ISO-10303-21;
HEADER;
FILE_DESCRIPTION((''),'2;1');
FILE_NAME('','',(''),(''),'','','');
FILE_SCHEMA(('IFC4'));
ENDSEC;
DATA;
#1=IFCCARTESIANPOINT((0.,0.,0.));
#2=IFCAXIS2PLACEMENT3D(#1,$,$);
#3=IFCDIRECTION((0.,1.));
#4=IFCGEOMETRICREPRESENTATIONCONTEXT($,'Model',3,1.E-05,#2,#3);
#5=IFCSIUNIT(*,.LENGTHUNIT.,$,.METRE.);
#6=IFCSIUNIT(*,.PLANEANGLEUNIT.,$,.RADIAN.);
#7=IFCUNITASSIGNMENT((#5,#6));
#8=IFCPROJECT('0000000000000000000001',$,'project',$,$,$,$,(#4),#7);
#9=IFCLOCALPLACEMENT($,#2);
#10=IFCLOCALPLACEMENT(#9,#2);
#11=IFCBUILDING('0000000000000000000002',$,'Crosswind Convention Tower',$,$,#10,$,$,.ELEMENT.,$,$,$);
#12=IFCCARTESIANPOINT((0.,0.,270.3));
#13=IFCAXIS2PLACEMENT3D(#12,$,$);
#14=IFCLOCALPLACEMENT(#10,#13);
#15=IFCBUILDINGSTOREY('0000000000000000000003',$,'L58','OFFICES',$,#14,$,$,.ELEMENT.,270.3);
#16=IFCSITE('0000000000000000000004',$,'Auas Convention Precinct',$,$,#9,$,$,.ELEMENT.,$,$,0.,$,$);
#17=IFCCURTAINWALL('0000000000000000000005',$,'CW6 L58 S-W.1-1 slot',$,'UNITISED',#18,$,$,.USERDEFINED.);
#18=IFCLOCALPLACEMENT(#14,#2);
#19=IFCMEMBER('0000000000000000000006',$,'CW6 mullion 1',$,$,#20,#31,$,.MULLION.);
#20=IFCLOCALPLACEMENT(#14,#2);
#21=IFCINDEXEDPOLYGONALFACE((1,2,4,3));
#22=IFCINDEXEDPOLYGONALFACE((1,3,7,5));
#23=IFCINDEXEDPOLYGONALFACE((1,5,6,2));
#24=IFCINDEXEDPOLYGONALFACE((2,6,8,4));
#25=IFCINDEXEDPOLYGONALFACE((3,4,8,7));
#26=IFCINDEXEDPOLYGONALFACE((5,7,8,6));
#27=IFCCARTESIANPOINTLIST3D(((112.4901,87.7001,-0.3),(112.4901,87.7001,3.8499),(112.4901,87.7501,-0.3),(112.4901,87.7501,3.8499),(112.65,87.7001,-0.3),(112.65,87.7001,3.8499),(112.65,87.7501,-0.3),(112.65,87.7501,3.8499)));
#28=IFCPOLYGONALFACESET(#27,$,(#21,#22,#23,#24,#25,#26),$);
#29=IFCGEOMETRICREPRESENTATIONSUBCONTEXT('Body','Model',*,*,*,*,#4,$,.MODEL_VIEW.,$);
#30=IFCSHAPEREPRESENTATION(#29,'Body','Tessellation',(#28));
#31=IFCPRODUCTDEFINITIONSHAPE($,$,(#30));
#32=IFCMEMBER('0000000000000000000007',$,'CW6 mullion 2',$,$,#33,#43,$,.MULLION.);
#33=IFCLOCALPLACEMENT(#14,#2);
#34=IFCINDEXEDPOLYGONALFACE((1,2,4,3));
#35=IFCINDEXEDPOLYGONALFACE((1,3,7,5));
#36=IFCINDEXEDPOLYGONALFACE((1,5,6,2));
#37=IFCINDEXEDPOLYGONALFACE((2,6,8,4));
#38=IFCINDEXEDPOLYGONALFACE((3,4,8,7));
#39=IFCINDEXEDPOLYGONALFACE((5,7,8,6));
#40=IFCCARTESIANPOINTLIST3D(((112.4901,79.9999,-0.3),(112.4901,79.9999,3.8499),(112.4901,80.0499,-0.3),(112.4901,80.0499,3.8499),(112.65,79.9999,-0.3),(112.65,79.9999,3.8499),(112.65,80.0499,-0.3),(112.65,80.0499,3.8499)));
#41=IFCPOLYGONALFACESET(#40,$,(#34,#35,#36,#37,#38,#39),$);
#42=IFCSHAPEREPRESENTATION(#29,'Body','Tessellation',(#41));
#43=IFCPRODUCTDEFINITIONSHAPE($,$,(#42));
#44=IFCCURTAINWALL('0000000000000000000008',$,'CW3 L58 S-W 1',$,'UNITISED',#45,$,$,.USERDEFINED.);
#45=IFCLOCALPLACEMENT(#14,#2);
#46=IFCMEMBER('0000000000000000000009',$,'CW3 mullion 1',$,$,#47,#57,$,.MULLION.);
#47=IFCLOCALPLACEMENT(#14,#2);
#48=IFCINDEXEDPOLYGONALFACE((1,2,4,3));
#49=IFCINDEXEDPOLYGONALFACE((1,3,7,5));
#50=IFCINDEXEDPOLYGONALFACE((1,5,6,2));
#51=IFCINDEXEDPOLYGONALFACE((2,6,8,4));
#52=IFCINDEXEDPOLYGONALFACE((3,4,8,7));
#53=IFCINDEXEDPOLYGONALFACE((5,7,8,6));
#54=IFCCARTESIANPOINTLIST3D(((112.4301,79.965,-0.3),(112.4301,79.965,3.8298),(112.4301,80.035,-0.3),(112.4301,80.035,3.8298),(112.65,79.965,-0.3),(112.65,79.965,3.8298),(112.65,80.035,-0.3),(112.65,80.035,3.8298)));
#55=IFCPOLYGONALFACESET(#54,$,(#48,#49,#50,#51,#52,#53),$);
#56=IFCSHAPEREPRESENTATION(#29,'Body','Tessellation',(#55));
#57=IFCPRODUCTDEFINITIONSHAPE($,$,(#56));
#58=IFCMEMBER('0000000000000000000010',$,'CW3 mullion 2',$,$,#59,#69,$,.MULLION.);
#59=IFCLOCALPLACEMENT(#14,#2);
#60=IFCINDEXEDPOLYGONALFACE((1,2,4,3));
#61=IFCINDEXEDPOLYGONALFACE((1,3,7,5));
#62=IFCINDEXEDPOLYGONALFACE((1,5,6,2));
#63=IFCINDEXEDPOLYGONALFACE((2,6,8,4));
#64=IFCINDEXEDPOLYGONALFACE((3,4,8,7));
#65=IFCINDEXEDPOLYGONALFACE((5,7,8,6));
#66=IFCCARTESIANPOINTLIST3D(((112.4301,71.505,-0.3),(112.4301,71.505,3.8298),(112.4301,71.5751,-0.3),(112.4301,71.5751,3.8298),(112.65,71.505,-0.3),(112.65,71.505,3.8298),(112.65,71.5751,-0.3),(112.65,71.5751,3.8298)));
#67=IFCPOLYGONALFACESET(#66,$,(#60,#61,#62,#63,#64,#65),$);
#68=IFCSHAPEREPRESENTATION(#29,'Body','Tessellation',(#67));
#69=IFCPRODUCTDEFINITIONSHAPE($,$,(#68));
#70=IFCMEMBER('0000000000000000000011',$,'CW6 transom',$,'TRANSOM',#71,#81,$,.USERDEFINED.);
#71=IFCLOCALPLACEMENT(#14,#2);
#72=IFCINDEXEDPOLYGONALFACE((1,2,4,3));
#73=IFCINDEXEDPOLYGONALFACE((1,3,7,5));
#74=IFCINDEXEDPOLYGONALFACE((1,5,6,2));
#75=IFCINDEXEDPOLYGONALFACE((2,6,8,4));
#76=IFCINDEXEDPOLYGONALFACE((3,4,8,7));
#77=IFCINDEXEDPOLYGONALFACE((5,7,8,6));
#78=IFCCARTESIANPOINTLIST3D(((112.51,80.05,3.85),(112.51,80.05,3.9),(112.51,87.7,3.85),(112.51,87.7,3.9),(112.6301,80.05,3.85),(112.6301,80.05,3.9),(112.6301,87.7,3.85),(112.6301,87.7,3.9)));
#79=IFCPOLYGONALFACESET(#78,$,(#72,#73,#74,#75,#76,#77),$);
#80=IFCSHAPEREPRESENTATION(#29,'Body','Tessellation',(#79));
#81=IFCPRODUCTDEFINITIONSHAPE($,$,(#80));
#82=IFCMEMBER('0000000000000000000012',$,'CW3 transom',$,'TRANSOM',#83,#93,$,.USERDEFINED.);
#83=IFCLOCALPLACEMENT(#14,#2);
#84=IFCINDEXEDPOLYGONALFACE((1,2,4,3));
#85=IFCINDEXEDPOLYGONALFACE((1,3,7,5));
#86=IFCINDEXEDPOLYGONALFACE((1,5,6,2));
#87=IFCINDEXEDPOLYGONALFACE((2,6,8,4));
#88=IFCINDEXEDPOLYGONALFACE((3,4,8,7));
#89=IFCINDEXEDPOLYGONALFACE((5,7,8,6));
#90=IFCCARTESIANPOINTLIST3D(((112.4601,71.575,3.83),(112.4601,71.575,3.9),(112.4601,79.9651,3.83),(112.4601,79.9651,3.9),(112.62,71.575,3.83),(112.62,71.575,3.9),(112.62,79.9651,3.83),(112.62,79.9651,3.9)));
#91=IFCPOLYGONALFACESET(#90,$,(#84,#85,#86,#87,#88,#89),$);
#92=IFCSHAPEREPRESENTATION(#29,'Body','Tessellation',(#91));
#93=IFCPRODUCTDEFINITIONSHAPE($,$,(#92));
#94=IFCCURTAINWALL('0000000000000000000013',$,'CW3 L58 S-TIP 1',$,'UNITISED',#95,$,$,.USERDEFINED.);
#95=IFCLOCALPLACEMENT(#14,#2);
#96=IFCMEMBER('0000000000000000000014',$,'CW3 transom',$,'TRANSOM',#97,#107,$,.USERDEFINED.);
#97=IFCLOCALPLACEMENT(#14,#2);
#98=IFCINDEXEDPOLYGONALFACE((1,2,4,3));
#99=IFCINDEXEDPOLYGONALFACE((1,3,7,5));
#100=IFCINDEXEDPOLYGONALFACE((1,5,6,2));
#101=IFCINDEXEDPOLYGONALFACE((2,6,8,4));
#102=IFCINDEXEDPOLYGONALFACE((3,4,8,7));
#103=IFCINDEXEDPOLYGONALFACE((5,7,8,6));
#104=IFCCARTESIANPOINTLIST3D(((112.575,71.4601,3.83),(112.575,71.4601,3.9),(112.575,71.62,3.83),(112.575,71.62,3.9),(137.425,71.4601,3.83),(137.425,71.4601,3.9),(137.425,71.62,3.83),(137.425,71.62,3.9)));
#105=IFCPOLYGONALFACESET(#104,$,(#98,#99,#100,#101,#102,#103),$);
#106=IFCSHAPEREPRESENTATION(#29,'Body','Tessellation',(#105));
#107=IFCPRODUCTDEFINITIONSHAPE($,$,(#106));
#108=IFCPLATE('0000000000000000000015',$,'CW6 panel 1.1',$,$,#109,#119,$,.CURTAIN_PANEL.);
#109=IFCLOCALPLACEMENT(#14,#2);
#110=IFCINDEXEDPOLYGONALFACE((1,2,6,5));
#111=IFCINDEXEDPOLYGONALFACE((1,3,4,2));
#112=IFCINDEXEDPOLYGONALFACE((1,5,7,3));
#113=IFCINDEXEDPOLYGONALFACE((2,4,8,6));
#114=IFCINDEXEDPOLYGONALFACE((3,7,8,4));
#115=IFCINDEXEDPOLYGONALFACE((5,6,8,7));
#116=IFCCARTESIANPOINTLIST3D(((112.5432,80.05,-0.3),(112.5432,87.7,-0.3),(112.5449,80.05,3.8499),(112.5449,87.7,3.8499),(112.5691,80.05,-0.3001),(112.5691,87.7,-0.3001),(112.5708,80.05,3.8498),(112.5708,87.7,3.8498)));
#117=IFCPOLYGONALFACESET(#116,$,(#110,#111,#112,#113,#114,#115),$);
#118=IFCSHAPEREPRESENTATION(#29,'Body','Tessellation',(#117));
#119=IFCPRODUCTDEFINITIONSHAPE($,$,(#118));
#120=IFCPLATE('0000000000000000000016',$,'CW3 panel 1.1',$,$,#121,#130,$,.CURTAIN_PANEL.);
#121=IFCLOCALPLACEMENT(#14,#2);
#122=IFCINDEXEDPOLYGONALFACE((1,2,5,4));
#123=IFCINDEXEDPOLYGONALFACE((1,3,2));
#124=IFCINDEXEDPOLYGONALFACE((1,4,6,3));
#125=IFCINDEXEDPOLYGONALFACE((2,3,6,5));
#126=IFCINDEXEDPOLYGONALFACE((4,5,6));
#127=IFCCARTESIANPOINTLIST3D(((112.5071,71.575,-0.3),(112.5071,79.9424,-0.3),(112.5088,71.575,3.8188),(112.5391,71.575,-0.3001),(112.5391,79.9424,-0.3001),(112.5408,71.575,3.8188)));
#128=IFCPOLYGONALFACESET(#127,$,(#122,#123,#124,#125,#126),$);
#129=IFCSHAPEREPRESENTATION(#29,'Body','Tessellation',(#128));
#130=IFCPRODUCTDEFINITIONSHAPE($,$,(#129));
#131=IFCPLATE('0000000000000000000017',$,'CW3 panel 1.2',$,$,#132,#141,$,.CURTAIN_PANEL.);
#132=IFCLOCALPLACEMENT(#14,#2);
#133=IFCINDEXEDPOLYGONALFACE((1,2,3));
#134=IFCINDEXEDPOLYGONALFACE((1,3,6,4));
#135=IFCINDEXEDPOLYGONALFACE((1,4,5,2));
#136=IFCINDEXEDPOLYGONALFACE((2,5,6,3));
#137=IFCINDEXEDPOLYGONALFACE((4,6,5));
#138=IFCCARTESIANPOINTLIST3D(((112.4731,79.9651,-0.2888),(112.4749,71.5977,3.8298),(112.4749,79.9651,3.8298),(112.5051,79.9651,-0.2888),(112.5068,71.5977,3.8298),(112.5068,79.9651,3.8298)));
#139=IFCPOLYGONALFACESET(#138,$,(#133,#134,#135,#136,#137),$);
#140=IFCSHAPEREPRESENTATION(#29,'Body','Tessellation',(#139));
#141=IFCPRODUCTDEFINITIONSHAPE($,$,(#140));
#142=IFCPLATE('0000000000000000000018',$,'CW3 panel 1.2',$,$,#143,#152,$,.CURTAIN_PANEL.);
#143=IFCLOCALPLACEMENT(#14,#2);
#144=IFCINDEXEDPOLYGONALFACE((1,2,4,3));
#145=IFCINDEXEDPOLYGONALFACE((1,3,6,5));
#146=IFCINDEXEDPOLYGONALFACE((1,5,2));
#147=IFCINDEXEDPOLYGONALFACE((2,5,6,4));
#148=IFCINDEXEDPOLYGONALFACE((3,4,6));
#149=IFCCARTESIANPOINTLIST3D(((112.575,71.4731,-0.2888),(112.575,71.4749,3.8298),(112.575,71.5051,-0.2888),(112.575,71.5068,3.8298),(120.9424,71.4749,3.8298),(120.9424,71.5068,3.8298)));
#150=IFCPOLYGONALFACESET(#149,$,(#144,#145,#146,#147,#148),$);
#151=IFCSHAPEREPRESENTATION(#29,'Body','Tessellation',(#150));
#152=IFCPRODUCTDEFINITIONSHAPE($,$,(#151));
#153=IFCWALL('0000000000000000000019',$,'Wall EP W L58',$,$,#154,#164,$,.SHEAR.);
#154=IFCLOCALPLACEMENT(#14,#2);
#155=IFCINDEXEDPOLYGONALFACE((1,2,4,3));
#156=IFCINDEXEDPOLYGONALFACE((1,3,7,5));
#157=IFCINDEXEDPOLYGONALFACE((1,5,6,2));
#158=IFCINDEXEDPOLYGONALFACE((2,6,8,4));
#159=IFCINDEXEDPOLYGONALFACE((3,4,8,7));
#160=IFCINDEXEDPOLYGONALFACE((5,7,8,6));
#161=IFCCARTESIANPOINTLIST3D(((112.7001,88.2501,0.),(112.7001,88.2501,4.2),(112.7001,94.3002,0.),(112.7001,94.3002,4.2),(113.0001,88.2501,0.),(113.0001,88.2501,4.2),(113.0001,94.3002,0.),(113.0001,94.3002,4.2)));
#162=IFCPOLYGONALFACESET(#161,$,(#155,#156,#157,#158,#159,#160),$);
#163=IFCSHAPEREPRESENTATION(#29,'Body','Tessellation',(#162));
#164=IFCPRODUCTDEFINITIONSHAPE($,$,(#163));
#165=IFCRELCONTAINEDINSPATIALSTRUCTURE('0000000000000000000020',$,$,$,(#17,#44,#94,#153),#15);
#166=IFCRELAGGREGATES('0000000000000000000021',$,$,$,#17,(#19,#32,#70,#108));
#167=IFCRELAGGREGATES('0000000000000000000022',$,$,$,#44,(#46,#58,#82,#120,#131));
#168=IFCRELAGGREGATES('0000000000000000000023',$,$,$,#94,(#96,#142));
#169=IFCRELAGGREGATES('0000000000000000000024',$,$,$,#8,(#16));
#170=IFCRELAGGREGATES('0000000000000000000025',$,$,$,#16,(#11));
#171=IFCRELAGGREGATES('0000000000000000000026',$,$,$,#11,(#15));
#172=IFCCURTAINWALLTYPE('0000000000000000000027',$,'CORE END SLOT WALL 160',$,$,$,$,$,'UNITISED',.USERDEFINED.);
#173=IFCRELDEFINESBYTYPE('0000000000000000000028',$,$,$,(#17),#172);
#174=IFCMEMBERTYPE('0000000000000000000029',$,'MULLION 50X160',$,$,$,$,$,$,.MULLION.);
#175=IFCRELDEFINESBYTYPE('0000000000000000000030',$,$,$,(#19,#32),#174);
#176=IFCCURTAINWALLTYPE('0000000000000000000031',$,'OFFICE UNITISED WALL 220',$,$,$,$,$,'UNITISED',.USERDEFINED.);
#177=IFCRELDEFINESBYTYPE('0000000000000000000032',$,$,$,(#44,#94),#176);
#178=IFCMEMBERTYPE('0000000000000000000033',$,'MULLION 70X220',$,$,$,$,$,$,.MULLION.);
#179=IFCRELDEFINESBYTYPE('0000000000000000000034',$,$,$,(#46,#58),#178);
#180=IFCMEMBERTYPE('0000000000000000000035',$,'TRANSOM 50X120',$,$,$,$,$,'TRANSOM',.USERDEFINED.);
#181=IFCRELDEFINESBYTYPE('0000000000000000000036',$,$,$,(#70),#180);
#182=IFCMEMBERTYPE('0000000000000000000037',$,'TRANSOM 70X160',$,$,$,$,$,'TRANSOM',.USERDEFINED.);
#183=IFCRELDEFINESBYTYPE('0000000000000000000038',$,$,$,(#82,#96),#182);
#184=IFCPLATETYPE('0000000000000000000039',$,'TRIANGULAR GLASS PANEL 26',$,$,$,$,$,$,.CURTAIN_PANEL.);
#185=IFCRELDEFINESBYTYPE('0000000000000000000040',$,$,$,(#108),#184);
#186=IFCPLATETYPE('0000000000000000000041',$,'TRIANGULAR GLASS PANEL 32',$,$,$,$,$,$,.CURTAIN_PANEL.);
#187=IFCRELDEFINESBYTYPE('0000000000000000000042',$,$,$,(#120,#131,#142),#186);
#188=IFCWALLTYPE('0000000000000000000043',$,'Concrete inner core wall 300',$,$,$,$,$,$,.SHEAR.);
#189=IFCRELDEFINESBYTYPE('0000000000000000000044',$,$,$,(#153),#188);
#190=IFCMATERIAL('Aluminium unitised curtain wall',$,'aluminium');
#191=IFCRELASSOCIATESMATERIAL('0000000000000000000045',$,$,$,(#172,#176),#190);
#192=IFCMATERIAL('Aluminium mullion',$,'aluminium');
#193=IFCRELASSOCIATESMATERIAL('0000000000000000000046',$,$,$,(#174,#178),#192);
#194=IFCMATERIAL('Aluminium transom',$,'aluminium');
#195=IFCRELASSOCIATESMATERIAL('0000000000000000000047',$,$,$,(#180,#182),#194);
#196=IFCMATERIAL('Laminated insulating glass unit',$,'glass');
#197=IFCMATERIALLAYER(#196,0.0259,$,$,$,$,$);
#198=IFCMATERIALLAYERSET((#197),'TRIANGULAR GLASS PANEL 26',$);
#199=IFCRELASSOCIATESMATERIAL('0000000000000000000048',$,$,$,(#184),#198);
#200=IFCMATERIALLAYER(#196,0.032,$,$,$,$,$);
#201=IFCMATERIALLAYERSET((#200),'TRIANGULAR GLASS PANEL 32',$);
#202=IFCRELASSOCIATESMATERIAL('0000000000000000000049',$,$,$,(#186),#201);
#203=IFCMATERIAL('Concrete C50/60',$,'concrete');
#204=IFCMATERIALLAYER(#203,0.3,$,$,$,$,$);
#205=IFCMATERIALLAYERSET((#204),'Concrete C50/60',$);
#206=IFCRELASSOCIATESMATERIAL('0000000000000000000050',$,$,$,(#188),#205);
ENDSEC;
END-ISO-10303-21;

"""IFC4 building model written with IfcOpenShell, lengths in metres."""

from ifc_helpers import new_model, si_unit, direction, frame, frame_2d, origin, origin_2d, place, context, subcontext, project, spatial, polyline, rectangle, outline, extrude, material, layer, layer_set, material_profile, profile_set, type_object, element, aggregate, save


model = new_model("IFC4")

# Units and contexts
model_context = context("Model", 3, precision=1e-05, world=origin(), true_north=direction((0.0, 1.0)))
body_context = subcontext(model_context, "Body", "Model", "MODEL_VIEW")
ifc_project = project(units=[si_unit("LENGTHUNIT", "METRE"), si_unit("PLANEANGLEUNIT", "RADIAN")], contexts=[model_context])

# Site, building, storey
site_placement = place(None, origin())
site = spatial("IfcSite", under=ifc_project, at=site_placement, Name="Auas Convention Precinct", CompositionType="ELEMENT", RefElevation=0.0)
building_placement = place(site_placement, origin())
building = spatial("IfcBuilding", under=site, at=building_placement, Name="Crosswind Convention Tower", CompositionType="ELEMENT")
storey_placement = place(building_placement, frame((0.0, 0.0, 270.3)))
storey = spatial("IfcBuildingStorey", under=building, at=storey_placement, Name="L58", Description="OFFICES", CompositionType="ELEMENT", Elevation=270.3)

# Curtain walls, members
ifc_material_1 = material(Name="Aluminium unitised curtain wall", Category="aluminium")
curtain_wall_type_1 = type_object("IfcCurtainWallType", Name="CORE END SLOT WALL 160", ElementType="UNITISED", PredefinedType="USERDEFINED", material=ifc_material_1)
curtain_wall_1_placement = place(storey_placement, origin())
curtain_wall_1 = element("IfcCurtainWall", 1, at=curtain_wall_1_placement, inside=storey, type_object=curtain_wall_type_1, Name="CW6 L58 S-W.1-1 slot", ObjectType="UNITISED", PredefinedType="USERDEFINED")
ifc_material_2 = material(Name="Aluminium mullion", Category="aluminium")
ifc_material_profile_1 = material_profile(ifc_material_2, rectangle(XDim=0.1599, YDim=0.05, at=origin_2d()), Name="AL 160X50")
ifc_profile_set_1 = profile_set([ifc_material_profile_1], Name="Aluminium mullion")
member_type_1 = type_object("IfcMemberType", Name="MULLION 50X160", PredefinedType="MULLION", material=ifc_profile_set_1)
member_1_placement = place(storey_placement, frame((112.5701, 87.7251, -0.3), z_axis=(0.0, 0.0, 1.0), x_axis=(-1.0, 0.0, 0.0)))
member_1 = element("IfcMember", 2, at=member_1_placement, type_object=member_type_1, Name="CW6 mullion 1", PredefinedType="MULLION", context=body_context, shape_type="SweptSolid", body=[
    extrude(rectangle(XDim=0.1599, YDim=0.05, at=origin_2d()), origin(), (0.0, 0.0, 1.0), 4.1499),
])
member_2_placement = place(storey_placement, frame((112.5701, 80.0249, -0.3), z_axis=(0.0, 0.0, 1.0), x_axis=(-1.0, 0.0, 0.0)))
member_2 = element("IfcMember", 3, at=member_2_placement, type_object=member_type_1, Name="CW6 mullion 2", PredefinedType="MULLION", context=body_context, shape_type="SweptSolid", body=[
    extrude(rectangle(XDim=0.1599, YDim=0.05, at=origin_2d()), origin(), (0.0, 0.0, 1.0), 4.1499),
])
curtain_wall_type_2 = type_object("IfcCurtainWallType", Name="OFFICE UNITISED WALL 220", ElementType="UNITISED", PredefinedType="USERDEFINED", material=ifc_material_1)
curtain_wall_2_placement = place(storey_placement, origin())
curtain_wall_2 = element("IfcCurtainWall", 4, at=curtain_wall_2_placement, inside=storey, type_object=curtain_wall_type_2, Name="CW3 L58 S-W 1", ObjectType="UNITISED", PredefinedType="USERDEFINED")
ifc_material_profile_2 = material_profile(ifc_material_2, rectangle(XDim=0.22, YDim=0.0701, at=origin_2d()), Name="AL 220X70")
ifc_profile_set_2 = profile_set([ifc_material_profile_2], Name="Aluminium mullion")
member_type_2 = type_object("IfcMemberType", Name="MULLION 70X220", PredefinedType="MULLION", material=ifc_profile_set_2)
member_3_placement = place(storey_placement, frame((112.54, 80.0, -0.3), z_axis=(0.0, 0.0, 1.0), x_axis=(-1.0, 0.0, 0.0)))
member_3 = element("IfcMember", 5, at=member_3_placement, type_object=member_type_2, Name="CW3 mullion 1", PredefinedType="MULLION", context=body_context, shape_type="SweptSolid", body=[
    extrude(rectangle(XDim=0.22, YDim=0.0701, at=origin_2d()), origin(), (0.0, 0.0, 1.0), 4.1299),
])
member_4_placement = place(storey_placement, frame((112.54, 71.54, -0.3), z_axis=(0.0, 0.0, 1.0), x_axis=(-1.0, 0.0, 0.0)))
member_4 = element("IfcMember", 6, at=member_4_placement, type_object=member_type_2, Name="CW3 mullion 2", PredefinedType="MULLION", context=body_context, shape_type="SweptSolid", body=[
    extrude(rectangle(XDim=0.22, YDim=0.0701, at=origin_2d()), origin(), (0.0, 0.0, 1.0), 4.1299),
])

# Members
ifc_material_3 = material(Name="Aluminium transom", Category="aluminium")
ifc_material_profile_3 = material_profile(ifc_material_3, rectangle(XDim=0.1201, YDim=0.05, at=origin_2d()), Name="AL 120X50")
ifc_profile_set_3 = profile_set([ifc_material_profile_3], Name="Aluminium transom")
member_type_3 = type_object("IfcMemberType", Name="TRANSOM 50X120", ElementType="TRANSOM", PredefinedType="USERDEFINED", material=ifc_profile_set_3)
member_5_placement = place(storey_placement, frame((112.5701, 87.7, 3.875), z_axis=(0.0, -1.0, 0.0), x_axis=(1.0, 0.0, 0.0)))
member_5 = element("IfcMember", 7, at=member_5_placement, type_object=member_type_3, Name="CW6 transom", ObjectType="TRANSOM", PredefinedType="USERDEFINED", context=body_context, shape_type="SweptSolid", body=[
    extrude(rectangle(XDim=0.1201, YDim=0.05, at=origin_2d()), origin(), (0.0, 0.0, 1.0), 7.6499),
])
ifc_material_profile_4 = material_profile(ifc_material_3, rectangle(XDim=0.1599, YDim=0.0701, at=origin_2d()), Name="AL 160X70")
ifc_profile_set_4 = profile_set([ifc_material_profile_4], Name="Aluminium transom")
member_type_4 = type_object("IfcMemberType", Name="TRANSOM 70X160", ElementType="TRANSOM", PredefinedType="USERDEFINED", material=ifc_profile_set_4)
member_6_placement = place(storey_placement, frame((112.54, 79.9651, 3.865), z_axis=(0.0, -1.0, 0.0), x_axis=(1.0, 0.0, 0.0)))
member_6 = element("IfcMember", 8, at=member_6_placement, type_object=member_type_4, Name="CW3 transom", ObjectType="TRANSOM", PredefinedType="USERDEFINED", context=body_context, shape_type="SweptSolid", body=[
    extrude(rectangle(XDim=0.1599, YDim=0.0701, at=origin_2d()), origin(), (0.0, 0.0, 1.0), 8.3901),
])

# Curtain wall, member
curtain_wall_3_placement = place(storey_placement, origin())
curtain_wall_3 = element("IfcCurtainWall", 9, at=curtain_wall_3_placement, inside=storey, type_object=curtain_wall_type_2, Name="CW3 L58 S-TIP 1", ObjectType="UNITISED", PredefinedType="USERDEFINED")
member_7_placement = place(storey_placement, frame((112.575, 71.54, 3.865), z_axis=(1.0, 0.0, 0.0), x_axis=(0.0, 1.0, 0.0)))
member_7 = element("IfcMember", 10, at=member_7_placement, type_object=member_type_4, Name="CW3 transom", ObjectType="TRANSOM", PredefinedType="USERDEFINED", context=body_context, shape_type="SweptSolid", body=[
    extrude(rectangle(XDim=0.1599, YDim=0.0701, at=origin_2d()), origin(), (0.0, 0.0, 1.0), 24.8501),
])

# Plates
ifc_material_4 = material(Name="Laminated insulating glass unit", Category="glass")
ifc_layer_1 = layer(ifc_material_4, 0.0259)
ifc_layer_set_1 = layer_set([ifc_layer_1], Name="TRIANGULAR GLASS PANEL 26")
plate_type_1 = type_object("IfcPlateType", Name="TRIANGULAR GLASS PANEL 26", PredefinedType="CURTAIN_PANEL", material=ifc_layer_set_1)
plate_1_placement = place(storey_placement, frame((112.5432, 87.7, -0.3), z_axis=(-1.0, 0.0, 0.000412), x_axis=(0.0, -1.0, 0.0)))
plate_1 = element("IfcPlate", 11, at=plate_1_placement, type_object=plate_type_1, Name="CW6 panel 1.1", PredefinedType="CURTAIN_PANEL", context=body_context, shape_type="SweptSolid", body=[
    extrude(outline(polyline([(0.0, 0.0), (7.6499, 0.0), (7.6499, 4.1499), (0.0, 4.1499), (0.0, 0.0)])), origin(), (0.0, 0.0, -1.0), 0.0259),
])
aggregate(curtain_wall_1, [member_1, member_2, member_5, plate_1])
ifc_layer_2 = layer(ifc_material_4, 0.032)
ifc_layer_set_2 = layer_set([ifc_layer_2], Name="TRIANGULAR GLASS PANEL 32")
plate_type_2 = type_object("IfcPlateType", Name="TRIANGULAR GLASS PANEL 32", PredefinedType="CURTAIN_PANEL", material=ifc_layer_set_2)
plate_2_placement = place(storey_placement, frame((112.5071, 71.575, -0.3), z_axis=(-1.0, 0.0, 0.000415), x_axis=(0.000415, 0.0, 1.0)))
plate_2 = element("IfcPlate", 12, at=plate_2_placement, type_object=plate_type_2, Name="CW3 panel 1.1", PredefinedType="CURTAIN_PANEL", context=body_context, shape_type="SweptSolid", body=[
    extrude(outline(polyline([(0.0, 0.0), (4.1189, 0.0), (0.0, 8.3674), (0.0, 0.0)])), origin(), (0.0, 0.0, -1.0), 0.032),
])
plate_3_placement = place(storey_placement, frame((112.4749, 79.9651, 3.8298), z_axis=(-1.0, 0.0, 0.000415), x_axis=(-0.000415, 0.0, -1.0)))
plate_3 = element("IfcPlate", 13, at=plate_3_placement, type_object=plate_type_2, Name="CW3 panel 1.2", PredefinedType="CURTAIN_PANEL", context=body_context, shape_type="SweptSolid", body=[
    extrude(outline(polyline([(0.0, 0.0), (4.1187, 0.0), (0.0, 8.3674), (0.0, 0.0)])), origin(), (0.0, 0.0, -1.0), 0.032),
])
aggregate(curtain_wall_2, [member_3, member_4, member_6, plate_2, plate_3])
plate_4_placement = place(storey_placement, frame((112.575, 71.4749, 3.8298), z_axis=(0.0, -1.0, 0.000415), x_axis=(0.0, -0.000415, -1.0)))
plate_4 = element("IfcPlate", 14, at=plate_4_placement, type_object=plate_type_2, Name="CW3 panel 1.2", PredefinedType="CURTAIN_PANEL", context=body_context, shape_type="SweptSolid", body=[
    extrude(outline(polyline([(0.0, 0.0), (4.1187, 0.0), (0.0, 8.3674), (0.0, 0.0)])), origin(), (0.0, 0.0, -1.0), 0.032),
])

# Wall
ifc_material_5 = material(Name="Concrete C50/60", Category="concrete")
ifc_layer_3 = layer(ifc_material_5, 0.3)
ifc_layer_set_3 = layer_set([ifc_layer_3], Name="Concrete C50/60")
wall_type_1 = type_object("IfcWallType", Name="Concrete inner core wall 300", PredefinedType="SHEAR", material=ifc_layer_set_3)
wall_1_placement = place(storey_placement, frame((112.8501, 94.3, 0.0), z_axis=(0.0, 0.0, 1.0), x_axis=(0.0, -1.0, 0.0)))
element("IfcWall", 15, at=wall_1_placement, inside=storey, type_object=wall_type_1, Name="Wall EP W L58", PredefinedType="SHEAR", context=body_context, shape_type="SweptSolid", body=[
    extrude(rectangle(XDim=6.05, YDim=0.3, at=frame_2d((3.0249, 0.0))), origin(), (0.0, 0.0, 1.0), 4.2),
])

aggregate(curtain_wall_3, [member_7, plate_4])

save(model, "model.ifc")
